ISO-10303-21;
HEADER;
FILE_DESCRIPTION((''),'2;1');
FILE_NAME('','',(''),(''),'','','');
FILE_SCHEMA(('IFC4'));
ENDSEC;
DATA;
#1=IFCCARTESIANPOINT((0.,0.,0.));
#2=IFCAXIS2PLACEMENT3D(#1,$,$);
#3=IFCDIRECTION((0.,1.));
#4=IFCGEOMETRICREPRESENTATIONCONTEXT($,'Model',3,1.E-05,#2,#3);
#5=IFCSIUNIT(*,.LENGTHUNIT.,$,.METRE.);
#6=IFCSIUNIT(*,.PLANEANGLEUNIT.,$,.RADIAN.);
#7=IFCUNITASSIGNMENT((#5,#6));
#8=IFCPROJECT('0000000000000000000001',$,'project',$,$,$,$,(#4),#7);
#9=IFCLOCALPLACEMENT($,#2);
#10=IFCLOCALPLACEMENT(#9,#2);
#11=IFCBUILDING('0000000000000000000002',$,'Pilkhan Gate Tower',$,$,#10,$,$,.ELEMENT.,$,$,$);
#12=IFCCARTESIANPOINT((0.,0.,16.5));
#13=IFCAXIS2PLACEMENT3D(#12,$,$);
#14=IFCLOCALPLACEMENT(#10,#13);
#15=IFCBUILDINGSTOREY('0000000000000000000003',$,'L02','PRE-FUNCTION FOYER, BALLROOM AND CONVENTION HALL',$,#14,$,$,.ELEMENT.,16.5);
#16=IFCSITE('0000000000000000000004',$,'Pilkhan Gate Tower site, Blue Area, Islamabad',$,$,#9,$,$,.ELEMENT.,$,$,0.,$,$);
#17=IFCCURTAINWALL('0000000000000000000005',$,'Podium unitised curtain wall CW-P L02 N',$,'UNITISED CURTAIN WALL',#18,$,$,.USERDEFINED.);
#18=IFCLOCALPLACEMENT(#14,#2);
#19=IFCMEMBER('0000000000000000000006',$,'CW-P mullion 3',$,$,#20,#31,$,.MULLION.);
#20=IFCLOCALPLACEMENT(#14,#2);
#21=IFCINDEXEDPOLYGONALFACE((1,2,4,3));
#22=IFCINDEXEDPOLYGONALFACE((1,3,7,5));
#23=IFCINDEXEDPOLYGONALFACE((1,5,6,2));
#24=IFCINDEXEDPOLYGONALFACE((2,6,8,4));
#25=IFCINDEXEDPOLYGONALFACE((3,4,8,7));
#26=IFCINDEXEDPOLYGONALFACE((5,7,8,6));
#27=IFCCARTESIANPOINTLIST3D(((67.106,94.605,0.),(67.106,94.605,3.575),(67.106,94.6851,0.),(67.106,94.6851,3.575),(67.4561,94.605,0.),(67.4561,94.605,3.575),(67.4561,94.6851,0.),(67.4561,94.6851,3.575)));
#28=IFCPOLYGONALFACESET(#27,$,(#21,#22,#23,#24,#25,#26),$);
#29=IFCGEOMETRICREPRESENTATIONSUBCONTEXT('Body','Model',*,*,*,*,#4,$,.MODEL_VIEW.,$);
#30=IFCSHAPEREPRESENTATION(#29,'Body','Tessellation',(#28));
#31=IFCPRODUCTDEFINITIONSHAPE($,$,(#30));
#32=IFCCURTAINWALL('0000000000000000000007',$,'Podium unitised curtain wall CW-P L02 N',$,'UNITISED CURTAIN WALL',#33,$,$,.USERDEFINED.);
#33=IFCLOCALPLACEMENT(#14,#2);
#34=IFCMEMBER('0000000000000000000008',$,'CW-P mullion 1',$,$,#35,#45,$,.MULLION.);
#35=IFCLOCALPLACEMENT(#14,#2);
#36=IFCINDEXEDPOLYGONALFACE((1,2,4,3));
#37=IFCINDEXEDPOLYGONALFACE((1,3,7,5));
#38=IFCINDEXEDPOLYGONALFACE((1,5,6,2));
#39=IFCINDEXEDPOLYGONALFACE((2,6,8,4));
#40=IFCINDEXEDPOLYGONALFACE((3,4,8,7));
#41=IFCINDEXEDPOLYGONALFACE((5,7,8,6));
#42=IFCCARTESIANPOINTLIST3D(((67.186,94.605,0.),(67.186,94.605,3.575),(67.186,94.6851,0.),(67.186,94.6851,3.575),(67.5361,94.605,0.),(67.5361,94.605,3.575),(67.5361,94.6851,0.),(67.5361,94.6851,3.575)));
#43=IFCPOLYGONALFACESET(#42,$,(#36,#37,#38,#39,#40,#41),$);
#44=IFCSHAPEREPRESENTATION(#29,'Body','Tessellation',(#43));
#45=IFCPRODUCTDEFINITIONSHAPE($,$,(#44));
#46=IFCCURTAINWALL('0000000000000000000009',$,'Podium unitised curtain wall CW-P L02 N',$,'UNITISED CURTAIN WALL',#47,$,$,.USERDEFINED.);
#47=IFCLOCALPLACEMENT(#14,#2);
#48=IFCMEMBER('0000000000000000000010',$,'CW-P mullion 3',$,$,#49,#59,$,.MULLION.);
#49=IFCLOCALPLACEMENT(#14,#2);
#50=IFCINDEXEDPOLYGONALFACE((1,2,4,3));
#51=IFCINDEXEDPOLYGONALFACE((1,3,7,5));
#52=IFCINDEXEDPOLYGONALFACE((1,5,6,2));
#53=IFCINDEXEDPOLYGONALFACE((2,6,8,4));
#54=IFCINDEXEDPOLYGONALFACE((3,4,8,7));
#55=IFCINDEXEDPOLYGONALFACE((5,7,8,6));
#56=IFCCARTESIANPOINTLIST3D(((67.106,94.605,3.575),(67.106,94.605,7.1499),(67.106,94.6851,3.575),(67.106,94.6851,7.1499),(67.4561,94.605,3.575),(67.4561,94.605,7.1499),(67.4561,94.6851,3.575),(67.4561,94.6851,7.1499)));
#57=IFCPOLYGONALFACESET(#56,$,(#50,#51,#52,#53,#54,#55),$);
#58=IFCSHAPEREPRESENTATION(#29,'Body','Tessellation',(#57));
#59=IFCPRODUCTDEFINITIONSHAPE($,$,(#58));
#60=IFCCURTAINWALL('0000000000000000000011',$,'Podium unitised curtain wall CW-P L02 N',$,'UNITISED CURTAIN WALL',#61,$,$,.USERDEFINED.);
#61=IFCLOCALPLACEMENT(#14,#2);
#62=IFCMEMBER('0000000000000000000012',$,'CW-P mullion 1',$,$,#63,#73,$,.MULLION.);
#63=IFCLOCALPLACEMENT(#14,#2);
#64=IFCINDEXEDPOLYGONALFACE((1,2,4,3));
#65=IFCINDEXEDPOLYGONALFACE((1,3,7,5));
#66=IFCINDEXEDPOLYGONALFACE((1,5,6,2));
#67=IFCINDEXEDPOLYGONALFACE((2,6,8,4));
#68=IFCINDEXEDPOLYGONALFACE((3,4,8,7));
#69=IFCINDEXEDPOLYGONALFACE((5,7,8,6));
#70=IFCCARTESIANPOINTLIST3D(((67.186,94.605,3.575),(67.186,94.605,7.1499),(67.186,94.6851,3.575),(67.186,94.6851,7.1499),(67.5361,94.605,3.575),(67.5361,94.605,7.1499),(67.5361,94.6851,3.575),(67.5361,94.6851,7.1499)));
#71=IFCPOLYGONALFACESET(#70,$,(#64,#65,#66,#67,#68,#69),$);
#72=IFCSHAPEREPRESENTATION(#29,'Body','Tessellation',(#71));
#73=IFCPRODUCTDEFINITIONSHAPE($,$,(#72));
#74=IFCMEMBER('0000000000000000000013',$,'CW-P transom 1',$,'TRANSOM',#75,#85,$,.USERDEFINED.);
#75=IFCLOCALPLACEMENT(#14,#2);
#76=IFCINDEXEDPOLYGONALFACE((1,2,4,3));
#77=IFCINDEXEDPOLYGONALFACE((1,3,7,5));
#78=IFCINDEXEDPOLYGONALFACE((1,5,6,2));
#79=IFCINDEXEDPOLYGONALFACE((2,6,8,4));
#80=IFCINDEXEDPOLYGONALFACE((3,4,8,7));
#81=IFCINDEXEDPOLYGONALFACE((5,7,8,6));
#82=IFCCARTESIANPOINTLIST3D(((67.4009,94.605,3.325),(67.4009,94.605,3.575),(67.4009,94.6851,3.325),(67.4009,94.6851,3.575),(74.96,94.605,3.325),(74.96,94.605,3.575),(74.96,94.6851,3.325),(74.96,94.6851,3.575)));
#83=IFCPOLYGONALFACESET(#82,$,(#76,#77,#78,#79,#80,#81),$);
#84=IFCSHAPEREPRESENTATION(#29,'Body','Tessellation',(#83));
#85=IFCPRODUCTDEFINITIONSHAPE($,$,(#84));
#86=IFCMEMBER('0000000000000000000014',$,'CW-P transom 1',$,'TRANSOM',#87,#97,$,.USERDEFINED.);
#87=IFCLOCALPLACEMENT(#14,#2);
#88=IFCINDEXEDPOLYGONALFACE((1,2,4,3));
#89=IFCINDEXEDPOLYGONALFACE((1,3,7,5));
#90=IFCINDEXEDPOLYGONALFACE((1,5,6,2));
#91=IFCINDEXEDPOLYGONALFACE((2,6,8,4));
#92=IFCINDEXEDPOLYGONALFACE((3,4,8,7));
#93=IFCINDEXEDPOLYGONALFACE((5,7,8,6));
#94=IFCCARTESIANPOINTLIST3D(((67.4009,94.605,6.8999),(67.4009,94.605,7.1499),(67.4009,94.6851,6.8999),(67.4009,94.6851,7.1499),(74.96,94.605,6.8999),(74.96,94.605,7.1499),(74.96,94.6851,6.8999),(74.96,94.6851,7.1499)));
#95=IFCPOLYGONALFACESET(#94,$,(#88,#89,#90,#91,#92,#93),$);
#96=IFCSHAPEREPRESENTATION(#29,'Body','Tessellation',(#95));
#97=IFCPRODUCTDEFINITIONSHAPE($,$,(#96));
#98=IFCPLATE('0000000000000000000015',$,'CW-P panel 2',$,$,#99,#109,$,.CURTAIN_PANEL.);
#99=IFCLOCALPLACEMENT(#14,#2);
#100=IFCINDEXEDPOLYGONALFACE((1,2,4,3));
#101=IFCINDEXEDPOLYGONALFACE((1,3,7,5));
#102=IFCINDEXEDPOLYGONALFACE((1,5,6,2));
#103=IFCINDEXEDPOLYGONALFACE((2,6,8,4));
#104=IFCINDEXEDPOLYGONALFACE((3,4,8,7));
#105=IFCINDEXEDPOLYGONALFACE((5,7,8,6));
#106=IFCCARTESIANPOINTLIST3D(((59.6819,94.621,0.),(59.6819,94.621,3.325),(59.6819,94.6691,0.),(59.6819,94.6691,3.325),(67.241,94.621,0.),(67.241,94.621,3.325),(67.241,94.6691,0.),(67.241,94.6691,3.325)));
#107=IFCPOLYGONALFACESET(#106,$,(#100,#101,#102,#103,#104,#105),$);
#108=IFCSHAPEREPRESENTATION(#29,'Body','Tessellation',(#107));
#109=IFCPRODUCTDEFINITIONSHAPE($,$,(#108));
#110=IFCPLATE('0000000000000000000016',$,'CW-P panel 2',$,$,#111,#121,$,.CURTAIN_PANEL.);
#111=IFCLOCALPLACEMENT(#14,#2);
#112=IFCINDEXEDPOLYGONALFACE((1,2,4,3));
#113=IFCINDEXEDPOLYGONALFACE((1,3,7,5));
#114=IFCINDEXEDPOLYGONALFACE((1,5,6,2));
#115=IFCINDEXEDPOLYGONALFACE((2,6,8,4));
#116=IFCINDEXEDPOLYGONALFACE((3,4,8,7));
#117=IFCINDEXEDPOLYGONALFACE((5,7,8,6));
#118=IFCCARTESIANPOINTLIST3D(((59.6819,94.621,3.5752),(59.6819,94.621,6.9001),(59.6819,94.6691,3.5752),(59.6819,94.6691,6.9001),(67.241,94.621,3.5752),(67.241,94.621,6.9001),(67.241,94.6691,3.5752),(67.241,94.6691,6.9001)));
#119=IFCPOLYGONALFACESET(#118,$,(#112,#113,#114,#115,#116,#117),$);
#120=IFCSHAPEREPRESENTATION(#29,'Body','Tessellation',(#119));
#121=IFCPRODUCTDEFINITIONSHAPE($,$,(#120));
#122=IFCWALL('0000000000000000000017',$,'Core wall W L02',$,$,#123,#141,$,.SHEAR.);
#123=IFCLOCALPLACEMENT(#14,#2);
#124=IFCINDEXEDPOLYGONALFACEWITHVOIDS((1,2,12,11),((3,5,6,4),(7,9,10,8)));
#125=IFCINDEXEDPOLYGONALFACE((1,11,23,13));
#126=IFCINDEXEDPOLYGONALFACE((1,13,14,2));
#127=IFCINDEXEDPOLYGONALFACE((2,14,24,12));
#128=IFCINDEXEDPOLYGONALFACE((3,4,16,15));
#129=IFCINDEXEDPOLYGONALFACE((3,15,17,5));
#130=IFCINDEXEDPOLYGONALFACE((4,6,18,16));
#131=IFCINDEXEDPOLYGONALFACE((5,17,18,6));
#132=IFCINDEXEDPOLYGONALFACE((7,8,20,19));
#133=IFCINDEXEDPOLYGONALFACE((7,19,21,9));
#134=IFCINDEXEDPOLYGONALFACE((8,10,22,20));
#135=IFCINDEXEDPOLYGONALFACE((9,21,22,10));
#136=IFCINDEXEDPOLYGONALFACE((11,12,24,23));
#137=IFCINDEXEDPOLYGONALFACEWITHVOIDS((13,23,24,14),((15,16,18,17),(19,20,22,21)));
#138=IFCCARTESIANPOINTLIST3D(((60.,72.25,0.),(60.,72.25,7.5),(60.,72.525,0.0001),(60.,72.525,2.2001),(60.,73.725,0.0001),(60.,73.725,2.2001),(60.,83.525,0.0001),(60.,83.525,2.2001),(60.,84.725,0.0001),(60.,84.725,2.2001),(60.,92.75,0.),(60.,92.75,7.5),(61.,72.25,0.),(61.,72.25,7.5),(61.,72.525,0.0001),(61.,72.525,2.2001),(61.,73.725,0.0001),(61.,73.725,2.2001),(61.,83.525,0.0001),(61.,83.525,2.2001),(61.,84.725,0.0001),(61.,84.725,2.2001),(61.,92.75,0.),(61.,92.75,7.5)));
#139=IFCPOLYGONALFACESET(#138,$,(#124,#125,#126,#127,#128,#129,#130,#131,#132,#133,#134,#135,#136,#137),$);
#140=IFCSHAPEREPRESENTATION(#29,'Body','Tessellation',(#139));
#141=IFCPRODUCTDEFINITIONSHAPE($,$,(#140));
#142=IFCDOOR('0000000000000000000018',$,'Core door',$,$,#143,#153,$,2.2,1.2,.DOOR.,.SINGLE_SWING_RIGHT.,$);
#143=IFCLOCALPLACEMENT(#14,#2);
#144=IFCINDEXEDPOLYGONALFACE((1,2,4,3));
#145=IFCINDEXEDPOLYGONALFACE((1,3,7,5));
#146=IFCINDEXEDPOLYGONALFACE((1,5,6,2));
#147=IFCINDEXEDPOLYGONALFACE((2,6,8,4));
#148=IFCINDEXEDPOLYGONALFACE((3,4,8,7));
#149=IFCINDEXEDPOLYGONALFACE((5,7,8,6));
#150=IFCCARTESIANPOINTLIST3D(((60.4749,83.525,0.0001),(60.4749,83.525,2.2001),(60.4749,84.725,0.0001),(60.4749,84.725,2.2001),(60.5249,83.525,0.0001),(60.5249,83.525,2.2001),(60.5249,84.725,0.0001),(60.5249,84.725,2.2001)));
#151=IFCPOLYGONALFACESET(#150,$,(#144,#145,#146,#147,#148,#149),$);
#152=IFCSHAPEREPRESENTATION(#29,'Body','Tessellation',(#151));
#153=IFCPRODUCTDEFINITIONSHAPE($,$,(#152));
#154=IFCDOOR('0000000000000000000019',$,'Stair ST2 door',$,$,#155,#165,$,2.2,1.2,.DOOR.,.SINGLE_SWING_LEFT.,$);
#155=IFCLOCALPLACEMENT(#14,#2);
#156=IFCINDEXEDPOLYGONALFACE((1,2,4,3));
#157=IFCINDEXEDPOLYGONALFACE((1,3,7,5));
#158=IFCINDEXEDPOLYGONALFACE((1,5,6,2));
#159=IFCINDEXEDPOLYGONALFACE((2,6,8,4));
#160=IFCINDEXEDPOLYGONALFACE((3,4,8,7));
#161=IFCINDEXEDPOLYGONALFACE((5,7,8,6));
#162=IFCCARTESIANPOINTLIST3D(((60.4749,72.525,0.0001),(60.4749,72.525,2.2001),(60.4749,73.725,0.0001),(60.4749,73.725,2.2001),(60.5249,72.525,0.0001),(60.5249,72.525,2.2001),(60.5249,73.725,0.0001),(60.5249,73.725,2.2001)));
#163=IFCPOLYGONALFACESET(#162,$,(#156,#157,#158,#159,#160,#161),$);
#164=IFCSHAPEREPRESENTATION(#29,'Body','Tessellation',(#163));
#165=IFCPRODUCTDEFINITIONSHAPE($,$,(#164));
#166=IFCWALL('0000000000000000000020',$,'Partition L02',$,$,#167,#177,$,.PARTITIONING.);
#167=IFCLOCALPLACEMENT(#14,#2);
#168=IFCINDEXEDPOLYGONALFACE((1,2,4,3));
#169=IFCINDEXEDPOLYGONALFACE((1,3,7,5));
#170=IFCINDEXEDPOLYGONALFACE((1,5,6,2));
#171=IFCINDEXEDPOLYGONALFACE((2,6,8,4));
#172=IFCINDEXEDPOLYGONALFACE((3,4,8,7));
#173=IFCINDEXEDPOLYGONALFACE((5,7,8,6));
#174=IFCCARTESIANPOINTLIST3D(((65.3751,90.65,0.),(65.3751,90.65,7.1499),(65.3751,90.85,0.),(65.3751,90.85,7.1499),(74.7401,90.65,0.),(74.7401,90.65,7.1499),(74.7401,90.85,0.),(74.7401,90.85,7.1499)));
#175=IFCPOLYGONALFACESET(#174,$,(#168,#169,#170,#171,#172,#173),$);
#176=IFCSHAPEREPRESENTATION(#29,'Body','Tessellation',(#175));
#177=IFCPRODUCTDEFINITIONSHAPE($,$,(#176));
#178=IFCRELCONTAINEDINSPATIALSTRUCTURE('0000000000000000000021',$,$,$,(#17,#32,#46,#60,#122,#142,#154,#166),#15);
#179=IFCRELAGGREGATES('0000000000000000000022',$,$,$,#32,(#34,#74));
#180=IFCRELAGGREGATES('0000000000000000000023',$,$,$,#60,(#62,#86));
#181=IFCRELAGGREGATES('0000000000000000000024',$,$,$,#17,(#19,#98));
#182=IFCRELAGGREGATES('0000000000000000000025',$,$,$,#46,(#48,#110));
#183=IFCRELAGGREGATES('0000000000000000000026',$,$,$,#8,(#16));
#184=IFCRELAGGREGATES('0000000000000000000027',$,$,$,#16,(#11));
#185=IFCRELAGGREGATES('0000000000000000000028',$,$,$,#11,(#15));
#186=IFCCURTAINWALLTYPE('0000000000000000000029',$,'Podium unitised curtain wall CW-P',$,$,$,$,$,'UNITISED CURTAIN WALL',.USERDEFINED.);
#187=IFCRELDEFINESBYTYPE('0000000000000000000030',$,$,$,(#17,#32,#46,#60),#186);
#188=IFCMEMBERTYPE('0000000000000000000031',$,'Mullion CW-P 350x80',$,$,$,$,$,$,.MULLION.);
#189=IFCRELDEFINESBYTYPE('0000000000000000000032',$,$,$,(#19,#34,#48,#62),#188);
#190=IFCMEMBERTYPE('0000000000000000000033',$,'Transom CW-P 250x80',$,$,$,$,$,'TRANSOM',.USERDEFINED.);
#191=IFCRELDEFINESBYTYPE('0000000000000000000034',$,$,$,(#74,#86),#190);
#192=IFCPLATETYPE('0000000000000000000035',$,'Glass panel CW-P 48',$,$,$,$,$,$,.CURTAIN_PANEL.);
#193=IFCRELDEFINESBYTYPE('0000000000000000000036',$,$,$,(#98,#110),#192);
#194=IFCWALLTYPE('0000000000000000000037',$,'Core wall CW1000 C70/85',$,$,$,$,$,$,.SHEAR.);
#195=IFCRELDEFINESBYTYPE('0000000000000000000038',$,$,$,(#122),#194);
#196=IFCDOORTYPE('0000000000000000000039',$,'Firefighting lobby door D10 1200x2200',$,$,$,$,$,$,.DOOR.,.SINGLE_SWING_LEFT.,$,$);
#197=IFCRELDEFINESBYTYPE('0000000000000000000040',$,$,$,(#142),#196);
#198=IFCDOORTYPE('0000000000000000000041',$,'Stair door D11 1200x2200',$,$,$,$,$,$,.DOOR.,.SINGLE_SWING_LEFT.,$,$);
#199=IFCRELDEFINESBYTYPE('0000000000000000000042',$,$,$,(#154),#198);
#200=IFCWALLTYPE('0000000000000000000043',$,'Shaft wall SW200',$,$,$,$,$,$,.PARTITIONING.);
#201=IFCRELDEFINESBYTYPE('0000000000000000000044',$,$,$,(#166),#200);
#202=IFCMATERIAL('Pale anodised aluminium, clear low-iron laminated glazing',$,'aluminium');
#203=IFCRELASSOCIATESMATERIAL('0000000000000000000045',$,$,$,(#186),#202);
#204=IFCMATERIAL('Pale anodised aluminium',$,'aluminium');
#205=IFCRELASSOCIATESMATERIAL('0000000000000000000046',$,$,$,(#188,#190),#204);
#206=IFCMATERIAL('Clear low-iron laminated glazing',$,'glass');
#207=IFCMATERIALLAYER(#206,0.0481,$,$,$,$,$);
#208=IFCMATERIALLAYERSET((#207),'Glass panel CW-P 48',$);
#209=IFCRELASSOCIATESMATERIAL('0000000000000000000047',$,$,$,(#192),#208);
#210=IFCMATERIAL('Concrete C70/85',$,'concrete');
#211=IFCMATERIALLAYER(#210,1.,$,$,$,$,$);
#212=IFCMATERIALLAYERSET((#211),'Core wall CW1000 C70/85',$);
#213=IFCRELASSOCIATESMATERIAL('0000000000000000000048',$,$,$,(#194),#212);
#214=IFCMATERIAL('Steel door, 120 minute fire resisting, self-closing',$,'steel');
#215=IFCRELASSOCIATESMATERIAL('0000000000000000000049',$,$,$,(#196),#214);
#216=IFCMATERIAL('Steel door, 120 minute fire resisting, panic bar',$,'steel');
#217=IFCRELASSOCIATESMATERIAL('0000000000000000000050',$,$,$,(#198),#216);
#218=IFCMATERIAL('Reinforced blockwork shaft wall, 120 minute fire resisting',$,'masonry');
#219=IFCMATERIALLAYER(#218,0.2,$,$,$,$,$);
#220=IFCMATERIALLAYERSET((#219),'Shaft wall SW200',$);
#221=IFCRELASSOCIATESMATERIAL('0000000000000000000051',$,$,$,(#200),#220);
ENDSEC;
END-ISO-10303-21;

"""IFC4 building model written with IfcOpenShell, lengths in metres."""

from ifc_helpers import new_model, si_unit, direction, frame, frame_2d, origin, origin_2d, place, context, subcontext, project, spatial, rectangle, extrude, material, layer, layer_set, material_profile, profile_set, type_object, element, fill, aggregate, save


model = new_model("IFC4")

# Units and contexts
model_context = context("Model", 3, precision=1e-05, world=origin(), true_north=direction((0.0, 1.0)))
body_context = subcontext(model_context, "Body", "Model", "MODEL_VIEW")
ifc_project = project(units=[si_unit("LENGTHUNIT", "METRE"), si_unit("PLANEANGLEUNIT", "RADIAN")], contexts=[model_context])

# Site, building, storey
site_placement = place(None, origin())
site = spatial("IfcSite", under=ifc_project, at=site_placement, Name="Pilkhan Gate Tower site, Blue Area, Islamabad", CompositionType="ELEMENT", RefElevation=0.0)
building_placement = place(site_placement, origin())
building = spatial("IfcBuilding", under=site, at=building_placement, Name="Pilkhan Gate Tower", CompositionType="ELEMENT")
storey_placement = place(building_placement, frame((0.0, 0.0, 16.5)))
storey = spatial("IfcBuildingStorey", under=building, at=storey_placement, Name="L02", Description="PRE-FUNCTION FOYER, BALLROOM AND CONVENTION HALL", CompositionType="ELEMENT", Elevation=16.5)

# Curtain walls, members
ifc_material_1 = material(Name="Pale anodised aluminium, clear low-iron laminated glazing", Category="aluminium")
curtain_wall_type = type_object("IfcCurtainWallType", Name="Podium unitised curtain wall CW-P", ElementType="UNITISED CURTAIN WALL", PredefinedType="USERDEFINED", material=ifc_material_1)
curtain_wall_1_placement = place(storey_placement, origin())
curtain_wall_1 = element("IfcCurtainWall", 1, at=curtain_wall_1_placement, inside=storey, type_object=curtain_wall_type, Name="Podium unitised curtain wall CW-P L02 N", ObjectType="UNITISED CURTAIN WALL", PredefinedType="USERDEFINED")
ifc_material_2 = material(Name="Pale anodised aluminium", Category="aluminium")
ifc_material_profile_1 = material_profile(ifc_material_2, rectangle(XDim=0.0801, YDim=0.3501, at=origin_2d()), Name="Mullion 350x80")
ifc_profile_set_1 = profile_set([ifc_material_profile_1], Name="Pale anodised aluminium")
member_type_1 = type_object("IfcMemberType", Name="Mullion CW-P 350x80", PredefinedType="MULLION", material=ifc_profile_set_1)
member_1_placement = place(storey_placement, frame((67.281, 94.645, 0.0), z_axis=(0.0, 0.0, 1.0), x_axis=(0.0, 1.0, 0.0)))
member_1 = element("IfcMember", 2, at=member_1_placement, type_object=member_type_1, Name="CW-P mullion 3", PredefinedType="MULLION", context=body_context, shape_type="SweptSolid", body=[
    extrude(rectangle(XDim=0.0801, YDim=0.3501, at=origin_2d()), origin(), (0.0, 0.0, 1.0), 3.575),
])
curtain_wall_2_placement = place(storey_placement, origin())
curtain_wall_2 = element("IfcCurtainWall", 3, at=curtain_wall_2_placement, inside=storey, type_object=curtain_wall_type, Name="Podium unitised curtain wall CW-P L02 N", ObjectType="UNITISED CURTAIN WALL", PredefinedType="USERDEFINED")
member_2_placement = place(storey_placement, frame((67.3611, 94.645, 0.0), z_axis=(0.0, 0.0, 1.0), x_axis=(0.0, 1.0, 0.0)))
member_2 = element("IfcMember", 4, at=member_2_placement, type_object=member_type_1, Name="CW-P mullion 1", PredefinedType="MULLION", context=body_context, shape_type="SweptSolid", body=[
    extrude(rectangle(XDim=0.0801, YDim=0.3501, at=origin_2d()), origin(), (0.0, 0.0, 1.0), 3.575),
])
curtain_wall_3_placement = place(storey_placement, origin())
curtain_wall_3 = element("IfcCurtainWall", 5, at=curtain_wall_3_placement, inside=storey, type_object=curtain_wall_type, Name="Podium unitised curtain wall CW-P L02 N", ObjectType="UNITISED CURTAIN WALL", PredefinedType="USERDEFINED")
member_3_placement = place(storey_placement, frame((67.281, 94.645, 3.575), z_axis=(0.0, 0.0, 1.0), x_axis=(0.0, 1.0, 0.0)))
member_3 = element("IfcMember", 6, at=member_3_placement, type_object=member_type_1, Name="CW-P mullion 3", PredefinedType="MULLION", context=body_context, shape_type="SweptSolid", body=[
    extrude(rectangle(XDim=0.0801, YDim=0.3501, at=origin_2d()), origin(), (0.0, 0.0, 1.0), 3.575),
])
curtain_wall_4_placement = place(storey_placement, origin())
curtain_wall_4 = element("IfcCurtainWall", 7, at=curtain_wall_4_placement, inside=storey, type_object=curtain_wall_type, Name="Podium unitised curtain wall CW-P L02 N", ObjectType="UNITISED CURTAIN WALL", PredefinedType="USERDEFINED")
member_4_placement = place(storey_placement, frame((67.3611, 94.645, 3.575), z_axis=(0.0, 0.0, 1.0), x_axis=(0.0, 1.0, 0.0)))
member_4 = element("IfcMember", 8, at=member_4_placement, type_object=member_type_1, Name="CW-P mullion 1", PredefinedType="MULLION", context=body_context, shape_type="SweptSolid", body=[
    extrude(rectangle(XDim=0.0801, YDim=0.3501, at=origin_2d()), origin(), (0.0, 0.0, 1.0), 3.575),
])

# Members
ifc_material_profile_2 = material_profile(ifc_material_2, rectangle(XDim=0.0801, YDim=0.25, at=origin_2d()), Name="Transom 250x80")
ifc_profile_set_2 = profile_set([ifc_material_profile_2], Name="Pale anodised aluminium")
member_type_2 = type_object("IfcMemberType", Name="Transom CW-P 250x80", ElementType="TRANSOM", PredefinedType="USERDEFINED", material=ifc_profile_set_2)
member_5_placement = place(storey_placement, frame((67.4009, 94.645, 3.45), z_axis=(1.0, 0.0, 0.0), x_axis=(0.0, 1.0, 0.0)))
member_5 = element("IfcMember", 9, at=member_5_placement, type_object=member_type_2, Name="CW-P transom 1", ObjectType="TRANSOM", PredefinedType="USERDEFINED", context=body_context, shape_type="SweptSolid", body=[
    extrude(rectangle(XDim=0.0801, YDim=0.25, at=origin_2d()), origin(), (0.0, 0.0, 1.0), 7.5591),
])
aggregate(curtain_wall_2, [member_2, member_5])
member_6_placement = place(storey_placement, frame((67.4009, 94.645, 7.0249), z_axis=(1.0, 0.0, 0.0), x_axis=(0.0, 1.0, 0.0)))
member_6 = element("IfcMember", 10, at=member_6_placement, type_object=member_type_2, Name="CW-P transom 1", ObjectType="TRANSOM", PredefinedType="USERDEFINED", context=body_context, shape_type="SweptSolid", body=[
    extrude(rectangle(XDim=0.0801, YDim=0.25, at=origin_2d()), origin(), (0.0, 0.0, 1.0), 7.5591),
])
aggregate(curtain_wall_4, [member_4, member_6])

# Plates
ifc_material_3 = material(Name="Clear low-iron laminated glazing", Category="glass")
ifc_layer_1 = layer(ifc_material_3, 0.0481)
ifc_layer_set_1 = layer_set([ifc_layer_1], Name="Glass panel CW-P 48")
plate_type = type_object("IfcPlateType", Name="Glass panel CW-P 48", PredefinedType="CURTAIN_PANEL", material=ifc_layer_set_1)
plate_1_placement = place(storey_placement, frame((63.4614, 94.645, 0.0), z_axis=(0.0, 0.0, 1.0), x_axis=(1.0, 0.0, 0.0)))
plate_1 = element("IfcPlate", 11, at=plate_1_placement, type_object=plate_type, Name="CW-P panel 2", PredefinedType="CURTAIN_PANEL", context=body_context, shape_type="SweptSolid", body=[
    extrude(rectangle(XDim=7.5591, YDim=0.0481, at=origin_2d()), origin(), (0.0, 0.0, 1.0), 3.325),
])
aggregate(curtain_wall_1, [member_1, plate_1])
plate_2_placement = place(storey_placement, frame((63.4614, 94.645, 3.5752), z_axis=(0.0, 0.0, 1.0), x_axis=(1.0, 0.0, 0.0)))
plate_2 = element("IfcPlate", 12, at=plate_2_placement, type_object=plate_type, Name="CW-P panel 2", PredefinedType="CURTAIN_PANEL", context=body_context, shape_type="SweptSolid", body=[
    extrude(rectangle(XDim=7.5591, YDim=0.0481, at=origin_2d()), origin(), (0.0, 0.0, 1.0), 3.325),
])
aggregate(curtain_wall_3, [member_3, plate_2])

# Wall, openings, doors
ifc_material_4 = material(Name="Concrete C70/85", Category="concrete")
ifc_layer_2 = layer(ifc_material_4, 1.0)
ifc_layer_set_2 = layer_set([ifc_layer_2], Name="Core wall CW1000 C70/85")
wall_type_1 = type_object("IfcWallType", Name="Core wall CW1000 C70/85", PredefinedType="SHEAR", material=ifc_layer_set_2)
wall_1_placement = place(storey_placement, frame((60.5, 92.75, 0.0), z_axis=(0.0, 0.0, 1.0), x_axis=(0.0, -1.0, 0.0)))
wall_1 = element("IfcWall", 13, at=wall_1_placement, inside=storey, type_object=wall_type_1, Name="Core wall W L02", PredefinedType="SHEAR", context=body_context, shape_type="SweptSolid", body=[
    extrude(rectangle(XDim=20.5, YDim=1.0, at=frame_2d((10.25, 0.0))), origin(), (0.0, 0.0, 1.0), 7.5),
])
opening_1_placement = place(wall_1_placement, frame((19.0249, 0.0, 0.0)))
opening_1 = element("IfcOpeningElement", 14, at=opening_1_placement, cuts=wall_1, PredefinedType="OPENING", context=body_context, shape_type="SweptSolid", body=[
    extrude(rectangle(XDim=1.2, YDim=2.2, at=frame_2d((0.6001, 1.1001))), frame((0.0, 0.51, 0.0), z_axis=(0.0, -1.0, 0.0), x_axis=(1.0, 0.0, 0.0)), (0.0, 0.0, 1.0), 1.02),
])
opening_2_placement = place(wall_1_placement, frame((8.0249, 0.0, 0.0)))
opening_2 = element("IfcOpeningElement", 15, at=opening_2_placement, cuts=wall_1, PredefinedType="OPENING", context=body_context, shape_type="SweptSolid", body=[
    extrude(rectangle(XDim=1.2, YDim=2.2, at=frame_2d((0.6001, 1.1001))), frame((0.0, 0.51, 0.0), z_axis=(0.0, -1.0, 0.0), x_axis=(1.0, 0.0, 0.0)), (0.0, 0.0, 1.0), 1.02),
])
ifc_material_5 = material(Name="Steel door, 120 minute fire resisting, self-closing", Category="steel")
door_type_1 = type_object("IfcDoorType", Name="Firefighting lobby door D10 1200x2200", OperationType="SINGLE_SWING_LEFT", PredefinedType="DOOR", material=ifc_material_5)
door_1_placement = place(opening_2_placement, origin())
door_1 = element("IfcDoor", 16, at=door_1_placement, inside=storey, type_object=door_type_1, Name="Core door", OperationType="SINGLE_SWING_RIGHT", OverallHeight=2.2, OverallWidth=1.2, PredefinedType="DOOR", context=body_context, shape_type="SweptSolid", body=[
    extrude(rectangle(XDim=1.2, YDim=2.2, at=frame_2d((0.6001, 1.1001))), frame((0.0, 0.0249, 0.0), z_axis=(0.0, -1.0, 0.0), x_axis=(1.0, 0.0, 0.0)), (0.0, 0.0, 1.0), 0.05),
])
fill(opening_2, door_1)
ifc_material_6 = material(Name="Steel door, 120 minute fire resisting, panic bar", Category="steel")
door_type_2 = type_object("IfcDoorType", Name="Stair door D11 1200x2200", OperationType="SINGLE_SWING_LEFT", PredefinedType="DOOR", material=ifc_material_6)
door_2_placement = place(opening_1_placement, origin())
door_2 = element("IfcDoor", 17, at=door_2_placement, inside=storey, type_object=door_type_2, Name="Stair ST2 door", OperationType="SINGLE_SWING_LEFT", OverallHeight=2.2, OverallWidth=1.2, PredefinedType="DOOR", context=body_context, shape_type="SweptSolid", body=[
    extrude(rectangle(XDim=1.2, YDim=2.2, at=frame_2d((0.6001, 1.1001))), frame((0.0, 0.0249, 0.0), z_axis=(0.0, -1.0, 0.0), x_axis=(1.0, 0.0, 0.0)), (0.0, 0.0, 1.0), 0.05),
])
fill(opening_1, door_2)

# Wall
ifc_material_7 = material(Name="Reinforced blockwork shaft wall, 120 minute fire resisting", Category="masonry")
ifc_layer_3 = layer(ifc_material_7, 0.2)
ifc_layer_set_3 = layer_set([ifc_layer_3], Name="Shaft wall SW200")
wall_type_2 = type_object("IfcWallType", Name="Shaft wall SW200", PredefinedType="PARTITIONING", material=ifc_layer_set_3)
wall_2_placement = place(storey_placement, frame((65.375, 90.75, 0.0), z_axis=(0.0, 0.0, 1.0), x_axis=(1.0, 0.0, 0.0)))
element("IfcWall", 18, at=wall_2_placement, inside=storey, type_object=wall_type_2, Name="Partition L02", PredefinedType="PARTITIONING", context=body_context, shape_type="SweptSolid", body=[
    extrude(rectangle(XDim=9.365, YDim=0.2, at=frame_2d((4.6826, 0.0))), origin(), (0.0, 0.0, 1.0), 7.1499),
])

save(model, "model.ifc")
